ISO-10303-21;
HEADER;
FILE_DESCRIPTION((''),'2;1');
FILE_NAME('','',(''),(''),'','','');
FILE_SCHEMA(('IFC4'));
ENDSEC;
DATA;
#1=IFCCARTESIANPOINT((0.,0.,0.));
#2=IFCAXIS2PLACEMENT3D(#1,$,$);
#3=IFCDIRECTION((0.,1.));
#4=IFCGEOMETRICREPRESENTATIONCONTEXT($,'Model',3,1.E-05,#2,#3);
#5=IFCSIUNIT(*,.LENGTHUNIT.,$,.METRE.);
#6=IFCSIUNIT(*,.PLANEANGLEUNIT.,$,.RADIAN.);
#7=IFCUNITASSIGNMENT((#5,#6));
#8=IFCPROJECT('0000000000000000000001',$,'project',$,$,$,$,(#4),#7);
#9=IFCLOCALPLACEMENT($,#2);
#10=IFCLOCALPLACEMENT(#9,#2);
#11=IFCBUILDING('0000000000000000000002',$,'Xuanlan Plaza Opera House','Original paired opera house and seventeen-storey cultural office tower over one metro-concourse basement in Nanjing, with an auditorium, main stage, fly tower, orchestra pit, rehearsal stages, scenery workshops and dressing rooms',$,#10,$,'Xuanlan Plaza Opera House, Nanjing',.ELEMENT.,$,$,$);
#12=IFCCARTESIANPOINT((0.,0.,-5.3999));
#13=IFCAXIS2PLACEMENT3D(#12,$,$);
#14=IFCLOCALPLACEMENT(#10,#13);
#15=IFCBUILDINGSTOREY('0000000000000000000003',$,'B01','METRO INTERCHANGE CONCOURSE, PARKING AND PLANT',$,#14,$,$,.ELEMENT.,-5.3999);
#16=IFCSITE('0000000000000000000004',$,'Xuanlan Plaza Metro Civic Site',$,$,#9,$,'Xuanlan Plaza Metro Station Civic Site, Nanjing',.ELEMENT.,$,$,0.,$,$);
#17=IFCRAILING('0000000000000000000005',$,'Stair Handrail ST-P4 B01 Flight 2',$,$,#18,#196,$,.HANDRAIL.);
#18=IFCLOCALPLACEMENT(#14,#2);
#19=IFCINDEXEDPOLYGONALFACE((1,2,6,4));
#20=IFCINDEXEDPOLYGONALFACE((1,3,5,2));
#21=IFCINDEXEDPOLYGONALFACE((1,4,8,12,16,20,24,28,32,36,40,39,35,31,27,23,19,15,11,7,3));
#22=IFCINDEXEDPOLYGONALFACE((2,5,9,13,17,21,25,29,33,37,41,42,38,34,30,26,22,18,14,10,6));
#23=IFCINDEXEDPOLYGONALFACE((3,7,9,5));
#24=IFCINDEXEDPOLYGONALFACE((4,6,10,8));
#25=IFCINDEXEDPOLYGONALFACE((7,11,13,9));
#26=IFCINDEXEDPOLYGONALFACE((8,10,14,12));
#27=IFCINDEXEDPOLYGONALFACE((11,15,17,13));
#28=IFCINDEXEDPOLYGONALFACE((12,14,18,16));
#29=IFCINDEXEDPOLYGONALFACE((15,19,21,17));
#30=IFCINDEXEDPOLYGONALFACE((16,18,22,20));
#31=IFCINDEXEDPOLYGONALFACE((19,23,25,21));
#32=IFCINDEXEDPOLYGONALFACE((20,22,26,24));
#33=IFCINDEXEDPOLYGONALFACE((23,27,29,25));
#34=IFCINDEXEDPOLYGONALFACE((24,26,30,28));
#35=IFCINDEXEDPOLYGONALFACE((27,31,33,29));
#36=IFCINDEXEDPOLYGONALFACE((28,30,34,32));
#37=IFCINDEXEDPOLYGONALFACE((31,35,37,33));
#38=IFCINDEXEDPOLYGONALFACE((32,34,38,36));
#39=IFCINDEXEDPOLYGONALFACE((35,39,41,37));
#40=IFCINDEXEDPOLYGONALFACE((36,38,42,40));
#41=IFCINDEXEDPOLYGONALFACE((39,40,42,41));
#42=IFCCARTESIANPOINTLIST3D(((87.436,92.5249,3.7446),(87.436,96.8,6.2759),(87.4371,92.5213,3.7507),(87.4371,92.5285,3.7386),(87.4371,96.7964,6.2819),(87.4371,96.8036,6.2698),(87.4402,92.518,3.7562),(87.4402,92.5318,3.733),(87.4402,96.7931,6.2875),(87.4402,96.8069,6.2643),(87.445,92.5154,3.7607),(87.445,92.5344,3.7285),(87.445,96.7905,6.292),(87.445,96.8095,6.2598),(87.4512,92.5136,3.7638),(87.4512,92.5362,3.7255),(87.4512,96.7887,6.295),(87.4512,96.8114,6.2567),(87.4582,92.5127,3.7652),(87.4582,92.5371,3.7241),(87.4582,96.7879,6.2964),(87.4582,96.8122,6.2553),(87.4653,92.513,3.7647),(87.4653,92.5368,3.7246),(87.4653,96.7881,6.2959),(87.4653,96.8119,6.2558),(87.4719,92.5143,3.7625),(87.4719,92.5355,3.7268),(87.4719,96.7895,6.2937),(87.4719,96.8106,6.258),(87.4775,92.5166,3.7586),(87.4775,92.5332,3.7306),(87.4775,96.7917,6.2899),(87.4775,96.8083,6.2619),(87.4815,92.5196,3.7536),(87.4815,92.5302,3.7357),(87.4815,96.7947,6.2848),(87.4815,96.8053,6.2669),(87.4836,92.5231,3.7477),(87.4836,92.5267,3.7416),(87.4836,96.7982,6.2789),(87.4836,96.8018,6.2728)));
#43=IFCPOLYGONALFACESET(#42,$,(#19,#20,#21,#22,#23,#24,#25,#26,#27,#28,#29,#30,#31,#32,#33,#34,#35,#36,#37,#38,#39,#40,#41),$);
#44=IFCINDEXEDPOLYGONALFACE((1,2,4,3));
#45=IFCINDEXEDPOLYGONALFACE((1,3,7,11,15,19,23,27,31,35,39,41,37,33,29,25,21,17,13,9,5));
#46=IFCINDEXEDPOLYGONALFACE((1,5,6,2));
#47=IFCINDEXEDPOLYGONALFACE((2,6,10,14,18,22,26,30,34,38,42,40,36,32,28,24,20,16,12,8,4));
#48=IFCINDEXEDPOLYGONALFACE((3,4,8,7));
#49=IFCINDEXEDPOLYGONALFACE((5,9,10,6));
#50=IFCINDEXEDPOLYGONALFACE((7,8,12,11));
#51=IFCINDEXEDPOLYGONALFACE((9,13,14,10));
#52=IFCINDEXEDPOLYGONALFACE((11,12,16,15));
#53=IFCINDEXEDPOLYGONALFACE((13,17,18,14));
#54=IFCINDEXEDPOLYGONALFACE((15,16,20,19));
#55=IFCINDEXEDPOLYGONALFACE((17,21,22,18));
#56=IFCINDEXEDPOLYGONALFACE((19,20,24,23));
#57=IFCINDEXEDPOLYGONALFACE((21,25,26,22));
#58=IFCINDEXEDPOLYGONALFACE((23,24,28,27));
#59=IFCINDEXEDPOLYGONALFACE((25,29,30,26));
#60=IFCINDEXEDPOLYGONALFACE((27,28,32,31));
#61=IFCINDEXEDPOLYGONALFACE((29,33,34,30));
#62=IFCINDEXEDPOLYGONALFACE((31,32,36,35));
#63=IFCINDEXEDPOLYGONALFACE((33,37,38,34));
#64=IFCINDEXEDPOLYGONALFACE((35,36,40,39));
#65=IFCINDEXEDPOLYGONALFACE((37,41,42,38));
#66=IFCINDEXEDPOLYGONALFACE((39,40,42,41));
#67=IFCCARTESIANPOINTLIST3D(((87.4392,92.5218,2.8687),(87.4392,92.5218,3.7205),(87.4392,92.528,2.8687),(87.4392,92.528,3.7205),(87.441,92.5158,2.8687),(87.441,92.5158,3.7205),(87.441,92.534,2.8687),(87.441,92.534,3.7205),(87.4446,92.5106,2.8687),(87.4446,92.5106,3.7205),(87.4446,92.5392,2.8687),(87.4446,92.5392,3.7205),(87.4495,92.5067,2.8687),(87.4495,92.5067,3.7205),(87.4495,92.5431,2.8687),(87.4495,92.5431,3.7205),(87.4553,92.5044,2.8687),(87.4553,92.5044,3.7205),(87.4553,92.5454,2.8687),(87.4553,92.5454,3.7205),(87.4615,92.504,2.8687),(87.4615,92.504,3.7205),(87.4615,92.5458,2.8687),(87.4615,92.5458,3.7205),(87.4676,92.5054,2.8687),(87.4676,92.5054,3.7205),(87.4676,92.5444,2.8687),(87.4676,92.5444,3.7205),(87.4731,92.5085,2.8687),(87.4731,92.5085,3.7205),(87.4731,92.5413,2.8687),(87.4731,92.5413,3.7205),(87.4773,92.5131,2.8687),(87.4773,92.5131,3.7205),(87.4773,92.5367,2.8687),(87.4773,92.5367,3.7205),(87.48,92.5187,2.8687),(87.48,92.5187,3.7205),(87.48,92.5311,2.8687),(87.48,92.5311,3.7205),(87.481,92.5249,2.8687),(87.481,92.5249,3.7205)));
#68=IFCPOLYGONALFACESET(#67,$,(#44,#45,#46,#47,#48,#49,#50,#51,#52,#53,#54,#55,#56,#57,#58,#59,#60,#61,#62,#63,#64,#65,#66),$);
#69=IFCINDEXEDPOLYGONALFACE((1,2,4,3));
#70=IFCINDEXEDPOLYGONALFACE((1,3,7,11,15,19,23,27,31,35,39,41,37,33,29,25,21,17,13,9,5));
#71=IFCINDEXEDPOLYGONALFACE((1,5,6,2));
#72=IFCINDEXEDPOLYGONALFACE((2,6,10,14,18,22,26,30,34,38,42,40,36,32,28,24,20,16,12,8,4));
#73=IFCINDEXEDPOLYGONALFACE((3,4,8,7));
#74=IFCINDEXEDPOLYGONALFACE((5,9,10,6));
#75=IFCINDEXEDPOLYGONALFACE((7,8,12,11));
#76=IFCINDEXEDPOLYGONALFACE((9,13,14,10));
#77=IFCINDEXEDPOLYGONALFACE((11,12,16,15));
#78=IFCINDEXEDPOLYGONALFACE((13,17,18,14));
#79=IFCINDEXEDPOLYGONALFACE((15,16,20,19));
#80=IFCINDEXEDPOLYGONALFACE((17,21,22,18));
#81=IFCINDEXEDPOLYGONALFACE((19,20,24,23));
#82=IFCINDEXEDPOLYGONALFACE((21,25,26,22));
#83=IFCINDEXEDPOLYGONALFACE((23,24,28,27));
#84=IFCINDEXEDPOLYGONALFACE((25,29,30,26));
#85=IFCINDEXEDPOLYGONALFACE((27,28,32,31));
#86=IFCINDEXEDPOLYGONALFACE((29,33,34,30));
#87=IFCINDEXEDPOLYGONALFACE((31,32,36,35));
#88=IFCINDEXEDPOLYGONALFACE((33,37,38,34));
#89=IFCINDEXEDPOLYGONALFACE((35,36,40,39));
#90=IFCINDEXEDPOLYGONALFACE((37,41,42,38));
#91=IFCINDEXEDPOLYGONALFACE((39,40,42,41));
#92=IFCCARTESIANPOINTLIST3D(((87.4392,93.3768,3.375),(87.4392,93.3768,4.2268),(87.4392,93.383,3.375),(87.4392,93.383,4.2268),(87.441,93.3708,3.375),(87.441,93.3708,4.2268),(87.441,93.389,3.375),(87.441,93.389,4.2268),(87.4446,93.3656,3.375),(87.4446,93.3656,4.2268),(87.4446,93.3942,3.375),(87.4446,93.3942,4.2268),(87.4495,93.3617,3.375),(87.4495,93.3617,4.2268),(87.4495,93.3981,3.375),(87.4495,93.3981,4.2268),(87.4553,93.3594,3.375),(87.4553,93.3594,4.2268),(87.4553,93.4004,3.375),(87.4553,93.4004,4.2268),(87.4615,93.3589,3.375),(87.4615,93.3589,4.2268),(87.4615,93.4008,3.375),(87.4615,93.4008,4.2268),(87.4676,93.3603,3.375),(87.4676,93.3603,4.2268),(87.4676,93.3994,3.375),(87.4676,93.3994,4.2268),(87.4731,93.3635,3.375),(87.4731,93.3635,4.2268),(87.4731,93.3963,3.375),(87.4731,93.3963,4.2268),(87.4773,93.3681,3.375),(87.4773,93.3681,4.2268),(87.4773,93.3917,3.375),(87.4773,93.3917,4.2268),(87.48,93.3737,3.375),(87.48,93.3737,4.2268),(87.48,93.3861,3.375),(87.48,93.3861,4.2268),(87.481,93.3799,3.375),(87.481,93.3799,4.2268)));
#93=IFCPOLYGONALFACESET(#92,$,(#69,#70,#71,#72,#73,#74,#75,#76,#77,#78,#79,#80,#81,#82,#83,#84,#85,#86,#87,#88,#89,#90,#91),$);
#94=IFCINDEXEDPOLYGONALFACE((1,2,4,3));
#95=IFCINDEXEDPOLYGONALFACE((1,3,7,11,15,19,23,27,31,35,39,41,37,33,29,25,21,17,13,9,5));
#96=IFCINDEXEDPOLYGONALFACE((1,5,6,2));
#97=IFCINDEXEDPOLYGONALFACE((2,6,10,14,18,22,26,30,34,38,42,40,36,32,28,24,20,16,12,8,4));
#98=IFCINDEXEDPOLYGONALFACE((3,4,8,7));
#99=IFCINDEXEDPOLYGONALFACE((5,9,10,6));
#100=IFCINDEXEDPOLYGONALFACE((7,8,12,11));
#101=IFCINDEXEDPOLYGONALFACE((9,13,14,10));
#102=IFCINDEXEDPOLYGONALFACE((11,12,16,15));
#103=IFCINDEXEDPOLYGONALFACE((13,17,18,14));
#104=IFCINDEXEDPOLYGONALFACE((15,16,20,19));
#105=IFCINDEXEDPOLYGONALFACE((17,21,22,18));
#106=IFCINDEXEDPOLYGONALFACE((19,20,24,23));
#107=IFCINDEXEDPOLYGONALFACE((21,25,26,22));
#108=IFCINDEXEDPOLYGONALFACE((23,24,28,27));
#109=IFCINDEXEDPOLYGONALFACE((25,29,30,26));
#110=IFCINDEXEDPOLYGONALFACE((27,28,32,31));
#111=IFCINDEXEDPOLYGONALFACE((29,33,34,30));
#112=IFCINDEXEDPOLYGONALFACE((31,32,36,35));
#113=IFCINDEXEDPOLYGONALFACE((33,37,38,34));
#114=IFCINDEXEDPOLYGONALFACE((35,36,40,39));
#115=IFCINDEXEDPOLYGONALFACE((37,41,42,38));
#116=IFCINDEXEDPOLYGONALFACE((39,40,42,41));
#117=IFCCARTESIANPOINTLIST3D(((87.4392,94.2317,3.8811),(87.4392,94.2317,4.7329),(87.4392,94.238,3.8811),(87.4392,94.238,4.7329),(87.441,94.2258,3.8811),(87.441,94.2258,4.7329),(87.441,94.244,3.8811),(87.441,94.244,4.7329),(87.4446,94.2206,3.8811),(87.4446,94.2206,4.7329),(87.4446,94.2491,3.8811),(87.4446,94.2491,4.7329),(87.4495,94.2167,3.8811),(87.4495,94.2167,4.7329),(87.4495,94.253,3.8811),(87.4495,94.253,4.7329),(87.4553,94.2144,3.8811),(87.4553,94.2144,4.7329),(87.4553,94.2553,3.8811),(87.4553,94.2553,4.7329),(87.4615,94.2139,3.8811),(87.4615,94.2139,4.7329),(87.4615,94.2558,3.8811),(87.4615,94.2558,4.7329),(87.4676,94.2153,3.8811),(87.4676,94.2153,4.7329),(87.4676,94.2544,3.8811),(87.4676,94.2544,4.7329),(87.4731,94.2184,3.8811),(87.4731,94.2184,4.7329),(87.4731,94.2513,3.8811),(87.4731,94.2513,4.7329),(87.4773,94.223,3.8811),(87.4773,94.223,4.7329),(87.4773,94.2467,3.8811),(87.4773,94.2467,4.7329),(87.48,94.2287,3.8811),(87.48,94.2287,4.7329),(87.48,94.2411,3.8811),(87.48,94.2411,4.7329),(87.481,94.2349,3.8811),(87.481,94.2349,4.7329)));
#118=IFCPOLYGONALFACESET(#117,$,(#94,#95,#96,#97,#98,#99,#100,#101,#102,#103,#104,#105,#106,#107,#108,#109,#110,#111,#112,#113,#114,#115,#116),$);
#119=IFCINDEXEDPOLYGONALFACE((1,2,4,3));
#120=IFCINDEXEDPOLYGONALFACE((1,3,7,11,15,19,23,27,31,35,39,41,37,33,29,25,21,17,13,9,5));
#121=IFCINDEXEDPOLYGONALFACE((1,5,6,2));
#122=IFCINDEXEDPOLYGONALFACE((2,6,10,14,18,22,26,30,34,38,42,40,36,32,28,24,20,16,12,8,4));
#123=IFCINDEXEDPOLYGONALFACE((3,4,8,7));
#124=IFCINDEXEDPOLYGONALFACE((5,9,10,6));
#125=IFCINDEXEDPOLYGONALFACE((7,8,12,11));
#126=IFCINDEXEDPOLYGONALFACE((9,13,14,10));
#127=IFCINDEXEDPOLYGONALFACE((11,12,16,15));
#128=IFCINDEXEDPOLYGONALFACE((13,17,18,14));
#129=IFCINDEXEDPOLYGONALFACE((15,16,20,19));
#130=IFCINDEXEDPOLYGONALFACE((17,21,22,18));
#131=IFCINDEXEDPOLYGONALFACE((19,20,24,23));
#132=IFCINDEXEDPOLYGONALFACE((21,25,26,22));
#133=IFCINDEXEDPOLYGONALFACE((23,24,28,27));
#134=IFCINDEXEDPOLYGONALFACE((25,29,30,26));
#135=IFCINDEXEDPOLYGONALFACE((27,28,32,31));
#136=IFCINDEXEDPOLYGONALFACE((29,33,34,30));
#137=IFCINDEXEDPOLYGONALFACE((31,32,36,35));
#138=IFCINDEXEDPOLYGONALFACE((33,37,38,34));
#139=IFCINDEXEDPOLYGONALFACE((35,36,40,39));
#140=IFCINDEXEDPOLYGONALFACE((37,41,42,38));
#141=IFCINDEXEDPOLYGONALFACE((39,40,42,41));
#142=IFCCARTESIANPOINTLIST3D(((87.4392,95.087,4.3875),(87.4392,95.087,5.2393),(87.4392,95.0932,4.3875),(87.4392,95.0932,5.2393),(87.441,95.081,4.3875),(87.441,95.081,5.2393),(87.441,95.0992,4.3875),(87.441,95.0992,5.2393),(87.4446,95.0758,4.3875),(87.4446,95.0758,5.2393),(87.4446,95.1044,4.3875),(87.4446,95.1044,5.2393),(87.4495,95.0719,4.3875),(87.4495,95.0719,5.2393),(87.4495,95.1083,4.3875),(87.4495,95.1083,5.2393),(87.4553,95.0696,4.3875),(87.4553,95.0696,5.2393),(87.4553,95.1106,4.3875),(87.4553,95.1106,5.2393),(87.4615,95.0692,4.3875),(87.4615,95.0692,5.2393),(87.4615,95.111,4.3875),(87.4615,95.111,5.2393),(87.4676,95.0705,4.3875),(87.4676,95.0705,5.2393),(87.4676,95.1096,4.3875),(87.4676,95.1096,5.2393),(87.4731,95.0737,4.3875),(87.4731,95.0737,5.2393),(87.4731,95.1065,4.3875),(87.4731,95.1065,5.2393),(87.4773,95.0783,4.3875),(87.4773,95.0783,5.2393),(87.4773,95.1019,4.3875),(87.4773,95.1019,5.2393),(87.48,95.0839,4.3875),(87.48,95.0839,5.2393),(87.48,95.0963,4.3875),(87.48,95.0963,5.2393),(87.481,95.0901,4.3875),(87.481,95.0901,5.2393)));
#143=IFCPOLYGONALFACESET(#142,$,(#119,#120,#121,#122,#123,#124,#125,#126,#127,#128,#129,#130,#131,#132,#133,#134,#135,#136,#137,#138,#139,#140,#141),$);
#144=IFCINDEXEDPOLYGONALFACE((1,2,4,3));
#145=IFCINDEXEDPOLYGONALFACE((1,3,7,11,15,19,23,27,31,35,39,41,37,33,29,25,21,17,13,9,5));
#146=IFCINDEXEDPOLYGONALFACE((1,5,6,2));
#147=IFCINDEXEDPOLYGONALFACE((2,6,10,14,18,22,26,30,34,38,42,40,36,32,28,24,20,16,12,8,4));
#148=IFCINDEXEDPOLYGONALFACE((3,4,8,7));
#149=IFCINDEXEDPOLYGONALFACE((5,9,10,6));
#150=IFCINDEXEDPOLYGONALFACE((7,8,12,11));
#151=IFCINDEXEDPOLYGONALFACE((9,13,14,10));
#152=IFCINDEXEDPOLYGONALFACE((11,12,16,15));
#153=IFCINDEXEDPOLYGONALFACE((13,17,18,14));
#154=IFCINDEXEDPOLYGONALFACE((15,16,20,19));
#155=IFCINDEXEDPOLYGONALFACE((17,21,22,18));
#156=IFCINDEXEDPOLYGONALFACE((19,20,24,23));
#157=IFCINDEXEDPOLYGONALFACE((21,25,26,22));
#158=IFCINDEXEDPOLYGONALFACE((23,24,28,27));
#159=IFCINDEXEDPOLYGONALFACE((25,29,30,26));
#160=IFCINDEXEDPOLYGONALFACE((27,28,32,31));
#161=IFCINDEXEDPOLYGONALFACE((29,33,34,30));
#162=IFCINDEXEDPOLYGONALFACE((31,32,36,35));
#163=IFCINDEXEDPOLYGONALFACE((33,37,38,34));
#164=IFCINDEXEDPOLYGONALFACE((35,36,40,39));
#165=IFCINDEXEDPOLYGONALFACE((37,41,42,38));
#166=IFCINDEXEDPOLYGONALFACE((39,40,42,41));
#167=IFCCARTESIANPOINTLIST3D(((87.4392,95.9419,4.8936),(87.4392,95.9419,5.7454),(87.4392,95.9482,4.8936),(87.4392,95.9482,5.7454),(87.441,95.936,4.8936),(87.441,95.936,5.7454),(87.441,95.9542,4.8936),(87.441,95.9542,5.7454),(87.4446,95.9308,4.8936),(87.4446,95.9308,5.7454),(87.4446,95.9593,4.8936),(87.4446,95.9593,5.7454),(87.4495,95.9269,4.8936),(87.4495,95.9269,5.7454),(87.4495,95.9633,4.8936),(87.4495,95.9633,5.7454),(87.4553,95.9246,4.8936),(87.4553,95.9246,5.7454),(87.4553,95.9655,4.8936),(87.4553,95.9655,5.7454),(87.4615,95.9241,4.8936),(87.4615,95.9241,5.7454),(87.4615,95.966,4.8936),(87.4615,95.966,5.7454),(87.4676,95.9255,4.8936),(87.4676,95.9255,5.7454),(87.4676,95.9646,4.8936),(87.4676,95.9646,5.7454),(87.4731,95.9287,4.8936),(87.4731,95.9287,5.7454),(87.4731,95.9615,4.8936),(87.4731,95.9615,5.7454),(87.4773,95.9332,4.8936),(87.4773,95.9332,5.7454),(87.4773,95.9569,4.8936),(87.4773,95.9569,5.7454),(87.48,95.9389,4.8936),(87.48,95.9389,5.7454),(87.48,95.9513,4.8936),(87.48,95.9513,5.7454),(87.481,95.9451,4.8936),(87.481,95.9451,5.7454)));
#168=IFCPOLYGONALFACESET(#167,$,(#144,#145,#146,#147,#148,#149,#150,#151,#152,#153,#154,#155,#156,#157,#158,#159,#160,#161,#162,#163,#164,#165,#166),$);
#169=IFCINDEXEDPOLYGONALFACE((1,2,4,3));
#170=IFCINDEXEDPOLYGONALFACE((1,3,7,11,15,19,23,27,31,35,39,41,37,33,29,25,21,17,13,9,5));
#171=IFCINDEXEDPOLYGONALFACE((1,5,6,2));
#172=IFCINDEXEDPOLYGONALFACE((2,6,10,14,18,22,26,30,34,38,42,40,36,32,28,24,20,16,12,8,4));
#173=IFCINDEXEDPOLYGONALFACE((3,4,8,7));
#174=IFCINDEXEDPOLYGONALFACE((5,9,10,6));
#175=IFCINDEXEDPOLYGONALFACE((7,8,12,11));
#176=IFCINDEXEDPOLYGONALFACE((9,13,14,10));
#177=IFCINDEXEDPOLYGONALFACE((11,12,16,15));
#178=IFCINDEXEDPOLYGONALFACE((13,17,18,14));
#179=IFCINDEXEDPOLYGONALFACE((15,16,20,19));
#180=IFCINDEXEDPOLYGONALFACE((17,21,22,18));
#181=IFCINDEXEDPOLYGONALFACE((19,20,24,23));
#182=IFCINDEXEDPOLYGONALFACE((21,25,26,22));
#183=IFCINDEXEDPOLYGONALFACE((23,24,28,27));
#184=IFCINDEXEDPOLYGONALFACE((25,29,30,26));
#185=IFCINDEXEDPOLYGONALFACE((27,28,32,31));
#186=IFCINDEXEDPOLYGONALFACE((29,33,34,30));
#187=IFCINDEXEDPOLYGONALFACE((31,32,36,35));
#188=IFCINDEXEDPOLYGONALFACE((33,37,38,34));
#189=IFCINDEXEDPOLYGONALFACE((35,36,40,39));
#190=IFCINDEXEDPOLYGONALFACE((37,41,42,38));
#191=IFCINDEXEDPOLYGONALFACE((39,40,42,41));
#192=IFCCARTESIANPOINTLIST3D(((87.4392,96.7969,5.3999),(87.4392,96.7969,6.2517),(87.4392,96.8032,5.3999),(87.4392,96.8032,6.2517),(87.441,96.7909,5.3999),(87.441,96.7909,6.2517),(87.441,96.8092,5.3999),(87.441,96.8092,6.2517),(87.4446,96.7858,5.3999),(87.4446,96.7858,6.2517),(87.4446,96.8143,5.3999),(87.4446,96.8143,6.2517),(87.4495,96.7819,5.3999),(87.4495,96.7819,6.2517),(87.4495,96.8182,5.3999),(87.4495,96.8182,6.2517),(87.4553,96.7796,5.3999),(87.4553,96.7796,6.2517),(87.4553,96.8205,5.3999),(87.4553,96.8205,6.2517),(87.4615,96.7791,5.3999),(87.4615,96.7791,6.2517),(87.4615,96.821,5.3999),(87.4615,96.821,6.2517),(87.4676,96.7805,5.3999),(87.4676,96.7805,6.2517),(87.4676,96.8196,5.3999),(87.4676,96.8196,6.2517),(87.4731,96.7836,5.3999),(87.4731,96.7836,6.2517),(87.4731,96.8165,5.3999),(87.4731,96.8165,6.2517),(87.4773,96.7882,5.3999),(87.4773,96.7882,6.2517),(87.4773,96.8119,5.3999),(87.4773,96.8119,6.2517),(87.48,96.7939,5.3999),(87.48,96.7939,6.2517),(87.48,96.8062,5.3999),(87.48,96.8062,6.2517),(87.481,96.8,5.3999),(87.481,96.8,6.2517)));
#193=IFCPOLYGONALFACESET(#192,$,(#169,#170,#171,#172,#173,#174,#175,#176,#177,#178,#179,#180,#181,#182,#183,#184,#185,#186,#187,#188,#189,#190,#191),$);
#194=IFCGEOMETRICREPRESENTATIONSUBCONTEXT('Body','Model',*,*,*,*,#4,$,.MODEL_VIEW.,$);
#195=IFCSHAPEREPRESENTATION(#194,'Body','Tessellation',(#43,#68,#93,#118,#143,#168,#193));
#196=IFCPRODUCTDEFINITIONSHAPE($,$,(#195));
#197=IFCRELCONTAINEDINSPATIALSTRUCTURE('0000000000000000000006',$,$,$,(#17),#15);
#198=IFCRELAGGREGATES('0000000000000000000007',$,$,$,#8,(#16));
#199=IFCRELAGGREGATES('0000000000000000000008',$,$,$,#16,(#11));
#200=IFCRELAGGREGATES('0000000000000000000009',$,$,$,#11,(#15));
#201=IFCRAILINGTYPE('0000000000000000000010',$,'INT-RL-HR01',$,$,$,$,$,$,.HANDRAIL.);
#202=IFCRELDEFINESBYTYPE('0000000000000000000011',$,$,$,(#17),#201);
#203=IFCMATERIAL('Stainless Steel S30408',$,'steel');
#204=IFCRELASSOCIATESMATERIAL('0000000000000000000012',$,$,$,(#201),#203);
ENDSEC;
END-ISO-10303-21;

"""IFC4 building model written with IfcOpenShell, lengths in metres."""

from ifc_helpers import new_model, si_unit, direction, frame, origin, origin_2d, place, context, subcontext, project, spatial, circle, extrude, material, type_object, element, save


model = new_model("IFC4")

# Units and contexts
model_context = context("Model", 3, precision=1e-05, world=origin(), true_north=direction((0.0, 1.0)))
body_context = subcontext(model_context, "Body", "Model", "MODEL_VIEW")
ifc_project = project(units=[si_unit("LENGTHUNIT", "METRE"), si_unit("PLANEANGLEUNIT", "RADIAN")], contexts=[model_context])

# Site, building, storey
site_placement = place(None, origin())
site = spatial("IfcSite", under=ifc_project, at=site_placement, Name="Xuanlan Plaza Metro Civic Site", LongName="Xuanlan Plaza Metro Station Civic Site, Nanjing", CompositionType="ELEMENT", RefElevation=0.0)
building_placement = place(site_placement, origin())
building = spatial("IfcBuilding", under=site, at=building_placement, Name="Xuanlan Plaza Opera House", Description="Original paired opera house and seventeen-storey cultural office tower over one metro-concourse basement in Nanjing, with an auditorium, main stage, fly tower, orchestra pit, rehearsal stages, scenery workshops and dressing rooms", LongName="Xuanlan Plaza Opera House, Nanjing", CompositionType="ELEMENT")
storey_placement = place(building_placement, frame((0.0, 0.0, -5.3999)))
storey = spatial("IfcBuildingStorey", under=building, at=storey_placement, Name="B01", Description="METRO INTERCHANGE CONCOURSE, PARKING AND PLANT", CompositionType="ELEMENT", Elevation=-5.3999)

# Railing
ifc_material_1 = material(Name="Stainless Steel S30408", Category="steel")
railing_type = type_object("IfcRailingType", Name="INT-RL-HR01", PredefinedType="HANDRAIL", material=ifc_material_1)
for number, where, name in (
    (1, (87.46, 92.5249, 2.8687), "Stair Handrail ST-P4 B01 Flight 2"),
):
    element("IfcRailing", number, at=place(storey_placement, frame(where)), inside=storey, type_object=railing_type, Name=name, PredefinedType="HANDRAIL", context=body_context, shape_type="SweptSolid", body=[
        extrude(circle(Radius=0.0239, at=origin_2d()), frame((0.0, 0.0, 0.876), z_axis=(0.0, 0.860483, 0.509479), x_axis=(-1.0, 0.0, 0.0)), (0.0, 0.0, 1.0), 4.9683),
        extrude(circle(Radius=0.021, at=origin_2d()), origin(), (0.0, 0.0, 1.0), 0.8518),
        extrude(circle(Radius=0.021, at=origin_2d()), frame((0.0, 0.855, 0.5063)), (0.0, 0.0, 1.0), 0.8518),
        extrude(circle(Radius=0.021, at=origin_2d()), frame((0.0, 1.71, 1.0125)), (0.0, 0.0, 1.0), 0.8518),
        extrude(circle(Radius=0.021, at=origin_2d()), frame((0.0, 2.5652, 1.5188)), (0.0, 0.0, 1.0), 0.8518),
        extrude(circle(Radius=0.021, at=origin_2d()), frame((0.0, 3.4202, 2.0249)), (0.0, 0.0, 1.0), 0.8518),
        extrude(circle(Radius=0.021, at=origin_2d()), frame((0.0, 4.2751, 2.5312)), (0.0, 0.0, 1.0), 0.8518),
    ])

save(model, "model.ifc")
